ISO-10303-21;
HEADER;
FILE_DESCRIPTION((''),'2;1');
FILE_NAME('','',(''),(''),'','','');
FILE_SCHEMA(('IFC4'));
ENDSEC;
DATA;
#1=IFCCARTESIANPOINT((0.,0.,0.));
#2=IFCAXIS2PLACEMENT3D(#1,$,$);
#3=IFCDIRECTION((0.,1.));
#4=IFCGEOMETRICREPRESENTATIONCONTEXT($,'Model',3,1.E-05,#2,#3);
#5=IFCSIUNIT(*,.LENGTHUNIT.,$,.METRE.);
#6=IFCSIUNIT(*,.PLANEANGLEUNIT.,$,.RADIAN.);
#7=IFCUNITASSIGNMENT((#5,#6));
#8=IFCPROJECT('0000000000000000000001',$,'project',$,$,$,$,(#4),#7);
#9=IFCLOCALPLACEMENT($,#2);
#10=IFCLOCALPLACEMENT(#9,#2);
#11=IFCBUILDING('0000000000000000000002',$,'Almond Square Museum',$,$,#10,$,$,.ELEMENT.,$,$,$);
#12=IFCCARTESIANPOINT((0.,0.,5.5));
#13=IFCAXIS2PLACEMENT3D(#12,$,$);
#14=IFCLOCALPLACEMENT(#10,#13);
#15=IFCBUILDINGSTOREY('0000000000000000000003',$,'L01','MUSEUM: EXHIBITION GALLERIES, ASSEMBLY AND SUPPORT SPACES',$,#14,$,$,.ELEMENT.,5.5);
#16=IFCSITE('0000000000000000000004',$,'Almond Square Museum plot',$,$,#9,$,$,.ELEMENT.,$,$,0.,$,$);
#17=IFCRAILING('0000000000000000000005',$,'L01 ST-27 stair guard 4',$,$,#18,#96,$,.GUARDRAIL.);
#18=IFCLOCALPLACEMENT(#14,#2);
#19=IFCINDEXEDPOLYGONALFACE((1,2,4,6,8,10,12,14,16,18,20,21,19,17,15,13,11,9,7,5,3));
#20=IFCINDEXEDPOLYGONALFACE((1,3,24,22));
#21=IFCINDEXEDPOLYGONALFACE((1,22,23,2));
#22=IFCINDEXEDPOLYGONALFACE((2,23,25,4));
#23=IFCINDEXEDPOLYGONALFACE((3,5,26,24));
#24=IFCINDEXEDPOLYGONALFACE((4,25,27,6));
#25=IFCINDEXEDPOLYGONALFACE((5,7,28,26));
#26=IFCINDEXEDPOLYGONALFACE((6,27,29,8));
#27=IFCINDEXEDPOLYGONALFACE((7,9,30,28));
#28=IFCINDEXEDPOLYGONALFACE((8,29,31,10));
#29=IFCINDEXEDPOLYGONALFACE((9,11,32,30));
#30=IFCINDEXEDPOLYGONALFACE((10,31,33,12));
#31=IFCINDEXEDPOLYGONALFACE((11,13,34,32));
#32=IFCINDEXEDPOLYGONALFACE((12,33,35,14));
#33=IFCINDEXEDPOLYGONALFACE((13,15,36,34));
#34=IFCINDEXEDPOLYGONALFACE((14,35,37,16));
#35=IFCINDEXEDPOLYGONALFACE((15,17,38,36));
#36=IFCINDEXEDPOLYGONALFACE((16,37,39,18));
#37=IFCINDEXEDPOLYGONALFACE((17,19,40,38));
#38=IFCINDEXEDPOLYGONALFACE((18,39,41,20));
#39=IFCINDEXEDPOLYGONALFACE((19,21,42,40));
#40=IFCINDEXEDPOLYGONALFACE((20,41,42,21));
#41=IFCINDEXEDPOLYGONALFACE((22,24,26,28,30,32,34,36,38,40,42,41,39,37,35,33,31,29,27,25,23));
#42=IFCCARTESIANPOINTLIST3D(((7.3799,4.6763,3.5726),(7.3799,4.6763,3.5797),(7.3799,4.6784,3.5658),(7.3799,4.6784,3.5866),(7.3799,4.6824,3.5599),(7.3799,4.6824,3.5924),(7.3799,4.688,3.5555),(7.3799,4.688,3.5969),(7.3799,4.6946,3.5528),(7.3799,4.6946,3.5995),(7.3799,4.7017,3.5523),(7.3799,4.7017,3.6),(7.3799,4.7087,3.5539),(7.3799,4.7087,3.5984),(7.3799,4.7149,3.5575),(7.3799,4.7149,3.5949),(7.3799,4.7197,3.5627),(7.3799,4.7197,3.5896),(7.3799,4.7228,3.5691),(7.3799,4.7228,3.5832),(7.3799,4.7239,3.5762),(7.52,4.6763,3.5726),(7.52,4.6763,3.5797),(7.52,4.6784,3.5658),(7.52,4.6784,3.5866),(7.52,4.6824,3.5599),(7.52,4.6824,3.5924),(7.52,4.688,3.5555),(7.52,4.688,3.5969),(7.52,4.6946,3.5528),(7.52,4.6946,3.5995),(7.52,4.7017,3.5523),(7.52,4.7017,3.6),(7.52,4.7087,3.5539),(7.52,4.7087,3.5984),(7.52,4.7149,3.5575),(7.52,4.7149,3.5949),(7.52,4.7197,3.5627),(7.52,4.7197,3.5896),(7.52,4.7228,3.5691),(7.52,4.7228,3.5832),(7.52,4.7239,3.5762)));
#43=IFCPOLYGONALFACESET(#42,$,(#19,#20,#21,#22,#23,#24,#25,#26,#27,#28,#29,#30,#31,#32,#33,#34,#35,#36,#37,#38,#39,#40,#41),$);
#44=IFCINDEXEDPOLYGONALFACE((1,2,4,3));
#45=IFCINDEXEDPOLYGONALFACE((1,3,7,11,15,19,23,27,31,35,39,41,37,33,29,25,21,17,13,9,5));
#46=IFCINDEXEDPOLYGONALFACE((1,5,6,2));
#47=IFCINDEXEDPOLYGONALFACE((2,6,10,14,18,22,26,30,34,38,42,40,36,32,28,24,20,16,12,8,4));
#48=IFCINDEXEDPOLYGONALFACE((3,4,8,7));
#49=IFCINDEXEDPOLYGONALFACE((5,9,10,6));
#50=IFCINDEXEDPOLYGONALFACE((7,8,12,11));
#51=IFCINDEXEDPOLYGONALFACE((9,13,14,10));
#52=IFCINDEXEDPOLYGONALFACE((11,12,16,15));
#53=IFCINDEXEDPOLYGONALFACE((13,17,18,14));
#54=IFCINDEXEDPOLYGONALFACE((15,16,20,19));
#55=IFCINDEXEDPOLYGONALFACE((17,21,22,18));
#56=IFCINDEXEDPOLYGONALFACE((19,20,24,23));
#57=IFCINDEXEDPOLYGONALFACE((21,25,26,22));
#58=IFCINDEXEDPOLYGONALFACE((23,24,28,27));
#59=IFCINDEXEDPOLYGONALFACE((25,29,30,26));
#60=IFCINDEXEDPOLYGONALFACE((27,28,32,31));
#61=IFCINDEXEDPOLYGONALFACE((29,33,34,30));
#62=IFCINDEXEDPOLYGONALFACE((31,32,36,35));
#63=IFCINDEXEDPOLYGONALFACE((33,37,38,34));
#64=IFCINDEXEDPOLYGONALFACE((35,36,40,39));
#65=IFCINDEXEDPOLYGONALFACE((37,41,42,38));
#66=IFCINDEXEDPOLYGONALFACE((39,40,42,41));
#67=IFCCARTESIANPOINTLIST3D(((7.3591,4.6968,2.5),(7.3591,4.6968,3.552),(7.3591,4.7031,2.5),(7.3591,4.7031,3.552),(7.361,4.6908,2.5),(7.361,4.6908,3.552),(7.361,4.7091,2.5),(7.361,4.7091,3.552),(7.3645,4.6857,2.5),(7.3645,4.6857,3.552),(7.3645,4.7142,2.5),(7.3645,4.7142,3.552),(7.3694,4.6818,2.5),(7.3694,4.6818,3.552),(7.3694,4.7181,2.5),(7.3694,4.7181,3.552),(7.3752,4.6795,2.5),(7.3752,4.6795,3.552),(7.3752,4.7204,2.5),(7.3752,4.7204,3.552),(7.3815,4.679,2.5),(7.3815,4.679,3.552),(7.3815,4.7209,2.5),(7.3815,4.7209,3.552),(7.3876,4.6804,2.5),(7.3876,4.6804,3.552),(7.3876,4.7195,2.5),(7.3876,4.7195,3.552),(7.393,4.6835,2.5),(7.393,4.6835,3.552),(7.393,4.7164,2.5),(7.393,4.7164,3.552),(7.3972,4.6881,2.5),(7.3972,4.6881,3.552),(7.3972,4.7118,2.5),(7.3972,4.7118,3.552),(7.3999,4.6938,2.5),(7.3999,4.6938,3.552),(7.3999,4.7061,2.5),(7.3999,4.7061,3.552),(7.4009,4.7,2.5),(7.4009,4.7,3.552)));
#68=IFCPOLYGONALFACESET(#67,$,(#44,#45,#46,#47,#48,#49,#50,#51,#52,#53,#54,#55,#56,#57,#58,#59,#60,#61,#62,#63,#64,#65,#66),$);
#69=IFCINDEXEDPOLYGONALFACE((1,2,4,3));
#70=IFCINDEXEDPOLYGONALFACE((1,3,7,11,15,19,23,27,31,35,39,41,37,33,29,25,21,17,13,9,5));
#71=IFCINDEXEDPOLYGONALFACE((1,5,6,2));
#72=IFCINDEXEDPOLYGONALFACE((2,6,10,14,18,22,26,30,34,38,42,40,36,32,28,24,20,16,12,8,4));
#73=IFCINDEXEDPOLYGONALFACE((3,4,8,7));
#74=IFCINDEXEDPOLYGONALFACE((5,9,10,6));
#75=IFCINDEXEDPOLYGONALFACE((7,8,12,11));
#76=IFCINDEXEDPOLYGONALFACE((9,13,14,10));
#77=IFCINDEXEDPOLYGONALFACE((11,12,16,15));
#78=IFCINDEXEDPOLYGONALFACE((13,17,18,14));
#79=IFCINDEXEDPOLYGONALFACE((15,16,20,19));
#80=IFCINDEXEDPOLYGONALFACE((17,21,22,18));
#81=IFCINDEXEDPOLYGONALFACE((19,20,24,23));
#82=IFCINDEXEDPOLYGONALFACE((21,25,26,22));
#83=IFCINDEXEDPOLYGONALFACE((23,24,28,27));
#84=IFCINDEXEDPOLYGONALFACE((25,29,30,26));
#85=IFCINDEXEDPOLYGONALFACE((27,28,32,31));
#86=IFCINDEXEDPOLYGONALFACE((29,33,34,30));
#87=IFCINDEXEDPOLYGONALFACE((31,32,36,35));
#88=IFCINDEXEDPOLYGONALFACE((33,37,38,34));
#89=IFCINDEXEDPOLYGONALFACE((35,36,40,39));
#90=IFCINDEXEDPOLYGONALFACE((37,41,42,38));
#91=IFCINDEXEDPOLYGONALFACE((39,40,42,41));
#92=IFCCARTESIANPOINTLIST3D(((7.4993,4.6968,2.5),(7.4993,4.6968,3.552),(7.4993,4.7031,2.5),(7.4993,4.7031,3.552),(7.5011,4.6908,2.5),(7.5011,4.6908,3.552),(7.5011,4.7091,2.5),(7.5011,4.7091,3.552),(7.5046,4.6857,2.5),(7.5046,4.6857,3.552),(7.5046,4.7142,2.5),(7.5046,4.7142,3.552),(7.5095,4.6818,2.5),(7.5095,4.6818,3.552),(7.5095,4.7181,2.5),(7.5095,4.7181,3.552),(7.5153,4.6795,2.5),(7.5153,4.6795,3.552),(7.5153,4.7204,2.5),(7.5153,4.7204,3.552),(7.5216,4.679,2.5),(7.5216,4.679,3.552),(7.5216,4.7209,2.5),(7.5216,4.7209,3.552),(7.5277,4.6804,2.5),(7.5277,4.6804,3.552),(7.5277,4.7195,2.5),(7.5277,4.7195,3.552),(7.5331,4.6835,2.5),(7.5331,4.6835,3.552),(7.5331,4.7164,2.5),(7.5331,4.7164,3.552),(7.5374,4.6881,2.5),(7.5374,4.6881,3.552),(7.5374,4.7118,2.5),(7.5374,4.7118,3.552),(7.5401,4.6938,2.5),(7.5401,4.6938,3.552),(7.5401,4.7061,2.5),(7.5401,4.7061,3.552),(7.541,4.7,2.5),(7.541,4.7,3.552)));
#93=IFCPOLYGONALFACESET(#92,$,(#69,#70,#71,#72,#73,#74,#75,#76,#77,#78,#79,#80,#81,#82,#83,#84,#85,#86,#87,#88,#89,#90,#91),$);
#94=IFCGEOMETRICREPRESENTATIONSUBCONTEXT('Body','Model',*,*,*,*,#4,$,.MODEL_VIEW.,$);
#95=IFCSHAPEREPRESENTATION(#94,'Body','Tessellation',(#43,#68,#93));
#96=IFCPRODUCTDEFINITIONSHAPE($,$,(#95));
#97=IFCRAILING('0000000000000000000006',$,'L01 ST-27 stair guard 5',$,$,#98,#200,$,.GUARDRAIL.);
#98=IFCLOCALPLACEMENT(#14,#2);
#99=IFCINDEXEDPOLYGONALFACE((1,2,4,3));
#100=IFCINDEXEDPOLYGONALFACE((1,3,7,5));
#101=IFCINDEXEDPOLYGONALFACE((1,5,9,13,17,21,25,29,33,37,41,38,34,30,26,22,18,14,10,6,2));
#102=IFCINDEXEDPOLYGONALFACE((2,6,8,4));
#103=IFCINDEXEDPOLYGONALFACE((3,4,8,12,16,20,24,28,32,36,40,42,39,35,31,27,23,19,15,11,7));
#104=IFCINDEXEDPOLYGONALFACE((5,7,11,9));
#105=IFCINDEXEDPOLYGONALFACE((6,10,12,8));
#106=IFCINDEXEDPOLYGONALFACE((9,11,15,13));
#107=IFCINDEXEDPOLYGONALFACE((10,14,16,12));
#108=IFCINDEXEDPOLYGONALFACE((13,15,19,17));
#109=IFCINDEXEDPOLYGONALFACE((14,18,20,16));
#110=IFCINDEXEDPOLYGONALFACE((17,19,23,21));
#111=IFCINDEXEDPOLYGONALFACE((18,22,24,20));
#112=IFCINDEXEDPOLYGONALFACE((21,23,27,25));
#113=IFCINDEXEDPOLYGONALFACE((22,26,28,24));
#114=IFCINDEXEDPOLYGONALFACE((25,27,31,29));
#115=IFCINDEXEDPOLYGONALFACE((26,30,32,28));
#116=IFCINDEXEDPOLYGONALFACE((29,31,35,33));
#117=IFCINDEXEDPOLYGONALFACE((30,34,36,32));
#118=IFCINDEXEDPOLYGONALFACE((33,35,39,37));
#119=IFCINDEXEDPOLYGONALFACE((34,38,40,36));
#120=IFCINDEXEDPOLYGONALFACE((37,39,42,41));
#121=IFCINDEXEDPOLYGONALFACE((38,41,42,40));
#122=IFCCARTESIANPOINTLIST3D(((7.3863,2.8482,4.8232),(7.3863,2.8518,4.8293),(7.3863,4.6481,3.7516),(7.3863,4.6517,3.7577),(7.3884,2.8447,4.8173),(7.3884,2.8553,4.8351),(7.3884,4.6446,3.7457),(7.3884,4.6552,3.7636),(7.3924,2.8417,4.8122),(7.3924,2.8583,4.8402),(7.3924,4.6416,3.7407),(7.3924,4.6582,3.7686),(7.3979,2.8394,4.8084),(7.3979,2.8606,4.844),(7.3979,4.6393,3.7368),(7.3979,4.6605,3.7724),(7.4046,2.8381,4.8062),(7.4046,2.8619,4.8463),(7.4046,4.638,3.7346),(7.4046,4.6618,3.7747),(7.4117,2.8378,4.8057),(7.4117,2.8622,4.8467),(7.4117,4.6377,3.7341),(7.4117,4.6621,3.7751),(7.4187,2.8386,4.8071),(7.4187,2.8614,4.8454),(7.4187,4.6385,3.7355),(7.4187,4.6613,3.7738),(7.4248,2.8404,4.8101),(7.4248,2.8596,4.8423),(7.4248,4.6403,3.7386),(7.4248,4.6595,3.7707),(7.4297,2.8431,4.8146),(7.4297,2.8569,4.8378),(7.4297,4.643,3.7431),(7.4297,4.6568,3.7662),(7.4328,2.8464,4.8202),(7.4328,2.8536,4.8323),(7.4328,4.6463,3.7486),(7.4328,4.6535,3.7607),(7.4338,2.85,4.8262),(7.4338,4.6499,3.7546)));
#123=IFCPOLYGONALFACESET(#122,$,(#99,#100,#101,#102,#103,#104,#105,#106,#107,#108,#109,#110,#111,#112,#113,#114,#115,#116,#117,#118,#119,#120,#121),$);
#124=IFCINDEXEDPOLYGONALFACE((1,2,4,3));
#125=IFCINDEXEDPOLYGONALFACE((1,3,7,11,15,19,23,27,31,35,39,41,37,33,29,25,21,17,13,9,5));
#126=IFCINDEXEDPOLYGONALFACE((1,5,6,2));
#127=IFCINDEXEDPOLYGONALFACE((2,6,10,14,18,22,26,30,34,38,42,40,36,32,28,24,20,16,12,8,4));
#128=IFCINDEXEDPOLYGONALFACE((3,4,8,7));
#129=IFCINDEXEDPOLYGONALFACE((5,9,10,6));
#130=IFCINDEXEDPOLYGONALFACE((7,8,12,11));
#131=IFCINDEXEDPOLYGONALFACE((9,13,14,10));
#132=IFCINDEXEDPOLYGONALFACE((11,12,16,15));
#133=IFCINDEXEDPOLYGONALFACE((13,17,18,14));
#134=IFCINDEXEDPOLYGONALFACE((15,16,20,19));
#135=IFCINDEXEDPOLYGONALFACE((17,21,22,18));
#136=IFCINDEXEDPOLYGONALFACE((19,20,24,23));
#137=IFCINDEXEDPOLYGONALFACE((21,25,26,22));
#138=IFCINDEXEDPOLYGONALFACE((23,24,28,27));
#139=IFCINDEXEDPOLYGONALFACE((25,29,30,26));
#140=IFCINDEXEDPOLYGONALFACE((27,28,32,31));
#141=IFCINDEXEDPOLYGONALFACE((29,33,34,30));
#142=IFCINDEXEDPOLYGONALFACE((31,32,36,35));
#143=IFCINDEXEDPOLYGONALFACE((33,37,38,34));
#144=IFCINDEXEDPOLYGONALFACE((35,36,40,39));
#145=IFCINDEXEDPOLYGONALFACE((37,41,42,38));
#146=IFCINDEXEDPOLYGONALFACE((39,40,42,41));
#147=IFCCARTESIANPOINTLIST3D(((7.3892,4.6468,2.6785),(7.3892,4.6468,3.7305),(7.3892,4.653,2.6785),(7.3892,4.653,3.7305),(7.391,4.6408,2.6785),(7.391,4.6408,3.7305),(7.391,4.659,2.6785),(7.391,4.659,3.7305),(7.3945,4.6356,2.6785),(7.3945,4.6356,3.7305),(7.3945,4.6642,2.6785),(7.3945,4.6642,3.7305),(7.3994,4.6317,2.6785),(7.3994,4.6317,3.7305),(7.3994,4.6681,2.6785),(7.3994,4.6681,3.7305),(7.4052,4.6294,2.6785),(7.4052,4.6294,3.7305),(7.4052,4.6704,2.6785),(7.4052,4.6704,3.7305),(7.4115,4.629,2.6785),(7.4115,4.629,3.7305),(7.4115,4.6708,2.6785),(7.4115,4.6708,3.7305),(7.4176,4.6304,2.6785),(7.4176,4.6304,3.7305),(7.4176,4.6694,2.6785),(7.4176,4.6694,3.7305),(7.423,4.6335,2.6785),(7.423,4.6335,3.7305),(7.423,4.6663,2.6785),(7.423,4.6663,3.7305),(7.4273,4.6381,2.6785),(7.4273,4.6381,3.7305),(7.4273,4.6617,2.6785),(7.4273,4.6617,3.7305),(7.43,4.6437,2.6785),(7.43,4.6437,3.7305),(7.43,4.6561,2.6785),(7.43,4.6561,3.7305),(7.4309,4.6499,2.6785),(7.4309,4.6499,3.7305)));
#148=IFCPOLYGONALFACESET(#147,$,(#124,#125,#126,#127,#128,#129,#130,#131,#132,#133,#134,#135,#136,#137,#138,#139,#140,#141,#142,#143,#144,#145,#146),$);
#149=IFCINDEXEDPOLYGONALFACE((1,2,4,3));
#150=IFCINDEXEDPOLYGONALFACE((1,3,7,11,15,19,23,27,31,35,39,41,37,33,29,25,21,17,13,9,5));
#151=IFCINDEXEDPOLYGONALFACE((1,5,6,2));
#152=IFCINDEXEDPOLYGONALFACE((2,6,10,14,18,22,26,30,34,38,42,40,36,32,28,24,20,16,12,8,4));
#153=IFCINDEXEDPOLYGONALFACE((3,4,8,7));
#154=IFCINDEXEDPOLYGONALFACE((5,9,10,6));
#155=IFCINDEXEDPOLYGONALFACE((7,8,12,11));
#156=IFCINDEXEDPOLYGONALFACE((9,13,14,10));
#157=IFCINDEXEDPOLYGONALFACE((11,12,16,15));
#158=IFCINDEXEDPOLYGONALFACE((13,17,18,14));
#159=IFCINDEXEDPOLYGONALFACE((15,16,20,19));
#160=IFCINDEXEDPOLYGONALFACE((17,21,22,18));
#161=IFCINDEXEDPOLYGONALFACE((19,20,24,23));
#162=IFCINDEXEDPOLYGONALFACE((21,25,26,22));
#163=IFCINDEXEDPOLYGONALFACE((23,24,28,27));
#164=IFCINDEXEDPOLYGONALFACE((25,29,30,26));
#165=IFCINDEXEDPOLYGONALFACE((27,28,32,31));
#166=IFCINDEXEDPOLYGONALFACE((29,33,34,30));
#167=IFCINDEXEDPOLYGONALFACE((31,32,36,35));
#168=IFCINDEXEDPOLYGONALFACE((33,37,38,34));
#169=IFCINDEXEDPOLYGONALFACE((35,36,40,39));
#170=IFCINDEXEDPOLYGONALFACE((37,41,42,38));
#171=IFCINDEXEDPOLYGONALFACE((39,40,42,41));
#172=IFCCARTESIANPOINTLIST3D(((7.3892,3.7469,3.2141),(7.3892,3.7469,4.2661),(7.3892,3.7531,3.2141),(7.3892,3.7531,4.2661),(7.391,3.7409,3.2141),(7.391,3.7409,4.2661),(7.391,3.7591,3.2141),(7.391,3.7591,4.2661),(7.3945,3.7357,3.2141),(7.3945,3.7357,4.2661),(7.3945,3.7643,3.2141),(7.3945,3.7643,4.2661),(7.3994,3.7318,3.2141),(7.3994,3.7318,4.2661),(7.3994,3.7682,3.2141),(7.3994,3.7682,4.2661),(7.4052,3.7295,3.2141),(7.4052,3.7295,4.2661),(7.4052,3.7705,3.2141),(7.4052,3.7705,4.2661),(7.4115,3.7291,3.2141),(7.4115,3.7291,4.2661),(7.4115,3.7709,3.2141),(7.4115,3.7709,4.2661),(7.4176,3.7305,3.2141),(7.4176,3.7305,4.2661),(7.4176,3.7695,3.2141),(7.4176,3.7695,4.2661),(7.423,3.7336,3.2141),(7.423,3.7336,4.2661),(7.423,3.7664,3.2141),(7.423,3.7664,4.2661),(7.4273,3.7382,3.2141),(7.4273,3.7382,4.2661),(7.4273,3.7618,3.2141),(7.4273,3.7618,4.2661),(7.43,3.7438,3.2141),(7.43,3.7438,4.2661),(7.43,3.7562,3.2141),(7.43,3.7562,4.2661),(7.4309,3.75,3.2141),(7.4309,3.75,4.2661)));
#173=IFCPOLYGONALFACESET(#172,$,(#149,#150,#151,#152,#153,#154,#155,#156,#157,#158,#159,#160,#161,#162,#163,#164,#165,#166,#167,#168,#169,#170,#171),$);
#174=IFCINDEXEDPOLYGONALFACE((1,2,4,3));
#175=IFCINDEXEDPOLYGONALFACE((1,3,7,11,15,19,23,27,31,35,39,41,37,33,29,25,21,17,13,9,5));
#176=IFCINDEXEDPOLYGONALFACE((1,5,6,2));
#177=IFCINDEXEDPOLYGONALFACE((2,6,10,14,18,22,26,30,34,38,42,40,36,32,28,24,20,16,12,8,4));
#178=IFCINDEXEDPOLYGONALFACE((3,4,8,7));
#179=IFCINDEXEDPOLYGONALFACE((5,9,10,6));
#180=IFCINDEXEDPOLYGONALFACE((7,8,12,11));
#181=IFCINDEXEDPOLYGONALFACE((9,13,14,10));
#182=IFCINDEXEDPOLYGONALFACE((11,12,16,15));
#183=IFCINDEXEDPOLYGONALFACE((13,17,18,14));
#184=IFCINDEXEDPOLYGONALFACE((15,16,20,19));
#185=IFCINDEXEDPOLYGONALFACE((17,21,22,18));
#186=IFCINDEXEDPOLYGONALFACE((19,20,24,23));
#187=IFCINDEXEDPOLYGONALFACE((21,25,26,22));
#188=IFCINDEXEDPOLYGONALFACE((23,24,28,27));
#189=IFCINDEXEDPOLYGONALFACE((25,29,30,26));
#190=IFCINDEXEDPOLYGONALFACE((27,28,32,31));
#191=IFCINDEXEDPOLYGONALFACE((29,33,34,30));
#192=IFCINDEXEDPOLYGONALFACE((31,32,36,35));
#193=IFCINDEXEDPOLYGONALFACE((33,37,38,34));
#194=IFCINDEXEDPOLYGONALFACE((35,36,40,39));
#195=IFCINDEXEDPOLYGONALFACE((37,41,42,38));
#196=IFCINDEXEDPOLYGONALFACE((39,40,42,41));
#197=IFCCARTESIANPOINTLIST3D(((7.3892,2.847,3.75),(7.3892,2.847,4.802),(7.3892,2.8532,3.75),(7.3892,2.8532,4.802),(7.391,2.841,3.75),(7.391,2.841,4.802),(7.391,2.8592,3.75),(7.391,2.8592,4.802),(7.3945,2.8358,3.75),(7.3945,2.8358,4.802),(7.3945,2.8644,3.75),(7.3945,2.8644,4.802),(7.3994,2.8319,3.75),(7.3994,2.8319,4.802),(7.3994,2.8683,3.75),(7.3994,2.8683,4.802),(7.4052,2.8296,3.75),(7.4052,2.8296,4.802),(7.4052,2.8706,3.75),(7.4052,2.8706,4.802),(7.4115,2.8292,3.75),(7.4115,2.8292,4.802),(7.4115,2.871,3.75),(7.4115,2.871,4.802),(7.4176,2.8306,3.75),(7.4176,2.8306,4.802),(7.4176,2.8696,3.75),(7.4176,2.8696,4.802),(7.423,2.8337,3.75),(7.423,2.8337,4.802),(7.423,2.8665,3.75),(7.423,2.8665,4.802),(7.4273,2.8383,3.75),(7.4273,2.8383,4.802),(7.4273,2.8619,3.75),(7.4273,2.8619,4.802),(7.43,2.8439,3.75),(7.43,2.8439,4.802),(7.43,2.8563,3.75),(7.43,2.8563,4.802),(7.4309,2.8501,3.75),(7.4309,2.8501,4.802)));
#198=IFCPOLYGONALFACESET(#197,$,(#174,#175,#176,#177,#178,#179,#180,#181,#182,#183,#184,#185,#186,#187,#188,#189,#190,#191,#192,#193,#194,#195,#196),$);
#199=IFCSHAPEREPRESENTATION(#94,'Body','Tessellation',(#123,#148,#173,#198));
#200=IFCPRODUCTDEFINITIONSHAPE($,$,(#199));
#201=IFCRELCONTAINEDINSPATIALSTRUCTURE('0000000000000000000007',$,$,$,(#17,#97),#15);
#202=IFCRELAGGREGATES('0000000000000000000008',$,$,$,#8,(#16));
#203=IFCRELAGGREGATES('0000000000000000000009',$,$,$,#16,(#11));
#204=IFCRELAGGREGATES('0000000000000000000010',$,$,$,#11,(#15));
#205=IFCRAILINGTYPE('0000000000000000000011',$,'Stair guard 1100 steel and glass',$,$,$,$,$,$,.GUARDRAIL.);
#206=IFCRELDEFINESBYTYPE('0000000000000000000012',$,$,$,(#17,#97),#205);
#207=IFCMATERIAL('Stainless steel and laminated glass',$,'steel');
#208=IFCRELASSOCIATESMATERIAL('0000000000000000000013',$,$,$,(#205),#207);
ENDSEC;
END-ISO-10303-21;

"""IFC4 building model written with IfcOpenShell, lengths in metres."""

from ifc_helpers import new_model, si_unit, direction, frame, origin, origin_2d, place, context, subcontext, project, spatial, circle, extrude, material, type_object, element, save


model = new_model("IFC4")

# Units and contexts
model_context = context("Model", 3, precision=1e-05, world=origin(), true_north=direction((0.0, 1.0)))
body_context = subcontext(model_context, "Body", "Model", "MODEL_VIEW")
ifc_project = project(units=[si_unit("LENGTHUNIT", "METRE"), si_unit("PLANEANGLEUNIT", "RADIAN")], contexts=[model_context])

# Site, building, storey
site_placement = place(None, origin())
site = spatial("IfcSite", under=ifc_project, at=site_placement, Name="Almond Square Museum plot", CompositionType="ELEMENT", RefElevation=0.0)
building_placement = place(site_placement, origin())
building = spatial("IfcBuilding", under=site, at=building_placement, Name="Almond Square Museum", CompositionType="ELEMENT")
storey_placement = place(building_placement, frame((0.0, 0.0, 5.5)))
storey = spatial("IfcBuildingStorey", under=building, at=storey_placement, Name="L01", Description="MUSEUM: EXHIBITION GALLERIES, ASSEMBLY AND SUPPORT SPACES", CompositionType="ELEMENT", Elevation=5.5)

# Railings
ifc_material_1 = material(Name="Stainless steel and laminated glass", Category="steel")
railing_type_1 = type_object("IfcRailingType", Name="Stair guard 1100 steel and glass", PredefinedType="GUARDRAIL", material=ifc_material_1)
railing_1_placement = place(storey_placement, frame((7.3799, 4.7, 2.5)))
element("IfcRailing", 1, at=railing_1_placement, inside=storey, type_object=railing_type_1, Name="L01 ST-27 stair guard 4", PredefinedType="GUARDRAIL", context=body_context, shape_type="SweptSolid", body=[
    extrude(circle(Radius=0.0239, at=origin_2d()), frame((0.0, 0.0, 1.0762), z_axis=(1.0, 0.0, 0.0), x_axis=(0.0, 1.0, 0.0)), (0.0, 0.0, 1.0), 0.1401),
    extrude(circle(Radius=0.021, at=origin_2d()), origin(), (0.0, 0.0, 1.0), 1.052),
    extrude(circle(Radius=0.021, at=origin_2d()), frame((0.1401, 0.0, 0.0)), (0.0, 0.0, 1.0), 1.052),
])
railing_2_placement = place(storey_placement, frame((7.4099, 4.6499, 2.6785)))
element("IfcRailing", 2, at=railing_2_placement, inside=storey, type_object=railing_type_1, Name="L01 ST-27 stair guard 5", PredefinedType="GUARDRAIL", context=body_context, shape_type="SweptSolid", body=[
    extrude(circle(Radius=0.0239, at=origin_2d()), frame((0.0, 0.0, 1.0762), z_axis=(0.0, -0.859247, 0.511562), x_axis=(1.0, 0.0, 0.0)), (0.0, 0.0, 1.0), 2.0947),
    extrude(circle(Radius=0.021, at=origin_2d()), origin(), (0.0, 0.0, 1.0), 1.052),
    extrude(circle(Radius=0.021, at=origin_2d()), frame((0.0, -0.8999, 0.5356)), (0.0, 0.0, 1.0), 1.052),
    extrude(circle(Radius=0.021, at=origin_2d()), frame((0.0, -1.7998, 1.0715)), (0.0, 0.0, 1.0), 1.052),
])

save(model, "model.ifc")
